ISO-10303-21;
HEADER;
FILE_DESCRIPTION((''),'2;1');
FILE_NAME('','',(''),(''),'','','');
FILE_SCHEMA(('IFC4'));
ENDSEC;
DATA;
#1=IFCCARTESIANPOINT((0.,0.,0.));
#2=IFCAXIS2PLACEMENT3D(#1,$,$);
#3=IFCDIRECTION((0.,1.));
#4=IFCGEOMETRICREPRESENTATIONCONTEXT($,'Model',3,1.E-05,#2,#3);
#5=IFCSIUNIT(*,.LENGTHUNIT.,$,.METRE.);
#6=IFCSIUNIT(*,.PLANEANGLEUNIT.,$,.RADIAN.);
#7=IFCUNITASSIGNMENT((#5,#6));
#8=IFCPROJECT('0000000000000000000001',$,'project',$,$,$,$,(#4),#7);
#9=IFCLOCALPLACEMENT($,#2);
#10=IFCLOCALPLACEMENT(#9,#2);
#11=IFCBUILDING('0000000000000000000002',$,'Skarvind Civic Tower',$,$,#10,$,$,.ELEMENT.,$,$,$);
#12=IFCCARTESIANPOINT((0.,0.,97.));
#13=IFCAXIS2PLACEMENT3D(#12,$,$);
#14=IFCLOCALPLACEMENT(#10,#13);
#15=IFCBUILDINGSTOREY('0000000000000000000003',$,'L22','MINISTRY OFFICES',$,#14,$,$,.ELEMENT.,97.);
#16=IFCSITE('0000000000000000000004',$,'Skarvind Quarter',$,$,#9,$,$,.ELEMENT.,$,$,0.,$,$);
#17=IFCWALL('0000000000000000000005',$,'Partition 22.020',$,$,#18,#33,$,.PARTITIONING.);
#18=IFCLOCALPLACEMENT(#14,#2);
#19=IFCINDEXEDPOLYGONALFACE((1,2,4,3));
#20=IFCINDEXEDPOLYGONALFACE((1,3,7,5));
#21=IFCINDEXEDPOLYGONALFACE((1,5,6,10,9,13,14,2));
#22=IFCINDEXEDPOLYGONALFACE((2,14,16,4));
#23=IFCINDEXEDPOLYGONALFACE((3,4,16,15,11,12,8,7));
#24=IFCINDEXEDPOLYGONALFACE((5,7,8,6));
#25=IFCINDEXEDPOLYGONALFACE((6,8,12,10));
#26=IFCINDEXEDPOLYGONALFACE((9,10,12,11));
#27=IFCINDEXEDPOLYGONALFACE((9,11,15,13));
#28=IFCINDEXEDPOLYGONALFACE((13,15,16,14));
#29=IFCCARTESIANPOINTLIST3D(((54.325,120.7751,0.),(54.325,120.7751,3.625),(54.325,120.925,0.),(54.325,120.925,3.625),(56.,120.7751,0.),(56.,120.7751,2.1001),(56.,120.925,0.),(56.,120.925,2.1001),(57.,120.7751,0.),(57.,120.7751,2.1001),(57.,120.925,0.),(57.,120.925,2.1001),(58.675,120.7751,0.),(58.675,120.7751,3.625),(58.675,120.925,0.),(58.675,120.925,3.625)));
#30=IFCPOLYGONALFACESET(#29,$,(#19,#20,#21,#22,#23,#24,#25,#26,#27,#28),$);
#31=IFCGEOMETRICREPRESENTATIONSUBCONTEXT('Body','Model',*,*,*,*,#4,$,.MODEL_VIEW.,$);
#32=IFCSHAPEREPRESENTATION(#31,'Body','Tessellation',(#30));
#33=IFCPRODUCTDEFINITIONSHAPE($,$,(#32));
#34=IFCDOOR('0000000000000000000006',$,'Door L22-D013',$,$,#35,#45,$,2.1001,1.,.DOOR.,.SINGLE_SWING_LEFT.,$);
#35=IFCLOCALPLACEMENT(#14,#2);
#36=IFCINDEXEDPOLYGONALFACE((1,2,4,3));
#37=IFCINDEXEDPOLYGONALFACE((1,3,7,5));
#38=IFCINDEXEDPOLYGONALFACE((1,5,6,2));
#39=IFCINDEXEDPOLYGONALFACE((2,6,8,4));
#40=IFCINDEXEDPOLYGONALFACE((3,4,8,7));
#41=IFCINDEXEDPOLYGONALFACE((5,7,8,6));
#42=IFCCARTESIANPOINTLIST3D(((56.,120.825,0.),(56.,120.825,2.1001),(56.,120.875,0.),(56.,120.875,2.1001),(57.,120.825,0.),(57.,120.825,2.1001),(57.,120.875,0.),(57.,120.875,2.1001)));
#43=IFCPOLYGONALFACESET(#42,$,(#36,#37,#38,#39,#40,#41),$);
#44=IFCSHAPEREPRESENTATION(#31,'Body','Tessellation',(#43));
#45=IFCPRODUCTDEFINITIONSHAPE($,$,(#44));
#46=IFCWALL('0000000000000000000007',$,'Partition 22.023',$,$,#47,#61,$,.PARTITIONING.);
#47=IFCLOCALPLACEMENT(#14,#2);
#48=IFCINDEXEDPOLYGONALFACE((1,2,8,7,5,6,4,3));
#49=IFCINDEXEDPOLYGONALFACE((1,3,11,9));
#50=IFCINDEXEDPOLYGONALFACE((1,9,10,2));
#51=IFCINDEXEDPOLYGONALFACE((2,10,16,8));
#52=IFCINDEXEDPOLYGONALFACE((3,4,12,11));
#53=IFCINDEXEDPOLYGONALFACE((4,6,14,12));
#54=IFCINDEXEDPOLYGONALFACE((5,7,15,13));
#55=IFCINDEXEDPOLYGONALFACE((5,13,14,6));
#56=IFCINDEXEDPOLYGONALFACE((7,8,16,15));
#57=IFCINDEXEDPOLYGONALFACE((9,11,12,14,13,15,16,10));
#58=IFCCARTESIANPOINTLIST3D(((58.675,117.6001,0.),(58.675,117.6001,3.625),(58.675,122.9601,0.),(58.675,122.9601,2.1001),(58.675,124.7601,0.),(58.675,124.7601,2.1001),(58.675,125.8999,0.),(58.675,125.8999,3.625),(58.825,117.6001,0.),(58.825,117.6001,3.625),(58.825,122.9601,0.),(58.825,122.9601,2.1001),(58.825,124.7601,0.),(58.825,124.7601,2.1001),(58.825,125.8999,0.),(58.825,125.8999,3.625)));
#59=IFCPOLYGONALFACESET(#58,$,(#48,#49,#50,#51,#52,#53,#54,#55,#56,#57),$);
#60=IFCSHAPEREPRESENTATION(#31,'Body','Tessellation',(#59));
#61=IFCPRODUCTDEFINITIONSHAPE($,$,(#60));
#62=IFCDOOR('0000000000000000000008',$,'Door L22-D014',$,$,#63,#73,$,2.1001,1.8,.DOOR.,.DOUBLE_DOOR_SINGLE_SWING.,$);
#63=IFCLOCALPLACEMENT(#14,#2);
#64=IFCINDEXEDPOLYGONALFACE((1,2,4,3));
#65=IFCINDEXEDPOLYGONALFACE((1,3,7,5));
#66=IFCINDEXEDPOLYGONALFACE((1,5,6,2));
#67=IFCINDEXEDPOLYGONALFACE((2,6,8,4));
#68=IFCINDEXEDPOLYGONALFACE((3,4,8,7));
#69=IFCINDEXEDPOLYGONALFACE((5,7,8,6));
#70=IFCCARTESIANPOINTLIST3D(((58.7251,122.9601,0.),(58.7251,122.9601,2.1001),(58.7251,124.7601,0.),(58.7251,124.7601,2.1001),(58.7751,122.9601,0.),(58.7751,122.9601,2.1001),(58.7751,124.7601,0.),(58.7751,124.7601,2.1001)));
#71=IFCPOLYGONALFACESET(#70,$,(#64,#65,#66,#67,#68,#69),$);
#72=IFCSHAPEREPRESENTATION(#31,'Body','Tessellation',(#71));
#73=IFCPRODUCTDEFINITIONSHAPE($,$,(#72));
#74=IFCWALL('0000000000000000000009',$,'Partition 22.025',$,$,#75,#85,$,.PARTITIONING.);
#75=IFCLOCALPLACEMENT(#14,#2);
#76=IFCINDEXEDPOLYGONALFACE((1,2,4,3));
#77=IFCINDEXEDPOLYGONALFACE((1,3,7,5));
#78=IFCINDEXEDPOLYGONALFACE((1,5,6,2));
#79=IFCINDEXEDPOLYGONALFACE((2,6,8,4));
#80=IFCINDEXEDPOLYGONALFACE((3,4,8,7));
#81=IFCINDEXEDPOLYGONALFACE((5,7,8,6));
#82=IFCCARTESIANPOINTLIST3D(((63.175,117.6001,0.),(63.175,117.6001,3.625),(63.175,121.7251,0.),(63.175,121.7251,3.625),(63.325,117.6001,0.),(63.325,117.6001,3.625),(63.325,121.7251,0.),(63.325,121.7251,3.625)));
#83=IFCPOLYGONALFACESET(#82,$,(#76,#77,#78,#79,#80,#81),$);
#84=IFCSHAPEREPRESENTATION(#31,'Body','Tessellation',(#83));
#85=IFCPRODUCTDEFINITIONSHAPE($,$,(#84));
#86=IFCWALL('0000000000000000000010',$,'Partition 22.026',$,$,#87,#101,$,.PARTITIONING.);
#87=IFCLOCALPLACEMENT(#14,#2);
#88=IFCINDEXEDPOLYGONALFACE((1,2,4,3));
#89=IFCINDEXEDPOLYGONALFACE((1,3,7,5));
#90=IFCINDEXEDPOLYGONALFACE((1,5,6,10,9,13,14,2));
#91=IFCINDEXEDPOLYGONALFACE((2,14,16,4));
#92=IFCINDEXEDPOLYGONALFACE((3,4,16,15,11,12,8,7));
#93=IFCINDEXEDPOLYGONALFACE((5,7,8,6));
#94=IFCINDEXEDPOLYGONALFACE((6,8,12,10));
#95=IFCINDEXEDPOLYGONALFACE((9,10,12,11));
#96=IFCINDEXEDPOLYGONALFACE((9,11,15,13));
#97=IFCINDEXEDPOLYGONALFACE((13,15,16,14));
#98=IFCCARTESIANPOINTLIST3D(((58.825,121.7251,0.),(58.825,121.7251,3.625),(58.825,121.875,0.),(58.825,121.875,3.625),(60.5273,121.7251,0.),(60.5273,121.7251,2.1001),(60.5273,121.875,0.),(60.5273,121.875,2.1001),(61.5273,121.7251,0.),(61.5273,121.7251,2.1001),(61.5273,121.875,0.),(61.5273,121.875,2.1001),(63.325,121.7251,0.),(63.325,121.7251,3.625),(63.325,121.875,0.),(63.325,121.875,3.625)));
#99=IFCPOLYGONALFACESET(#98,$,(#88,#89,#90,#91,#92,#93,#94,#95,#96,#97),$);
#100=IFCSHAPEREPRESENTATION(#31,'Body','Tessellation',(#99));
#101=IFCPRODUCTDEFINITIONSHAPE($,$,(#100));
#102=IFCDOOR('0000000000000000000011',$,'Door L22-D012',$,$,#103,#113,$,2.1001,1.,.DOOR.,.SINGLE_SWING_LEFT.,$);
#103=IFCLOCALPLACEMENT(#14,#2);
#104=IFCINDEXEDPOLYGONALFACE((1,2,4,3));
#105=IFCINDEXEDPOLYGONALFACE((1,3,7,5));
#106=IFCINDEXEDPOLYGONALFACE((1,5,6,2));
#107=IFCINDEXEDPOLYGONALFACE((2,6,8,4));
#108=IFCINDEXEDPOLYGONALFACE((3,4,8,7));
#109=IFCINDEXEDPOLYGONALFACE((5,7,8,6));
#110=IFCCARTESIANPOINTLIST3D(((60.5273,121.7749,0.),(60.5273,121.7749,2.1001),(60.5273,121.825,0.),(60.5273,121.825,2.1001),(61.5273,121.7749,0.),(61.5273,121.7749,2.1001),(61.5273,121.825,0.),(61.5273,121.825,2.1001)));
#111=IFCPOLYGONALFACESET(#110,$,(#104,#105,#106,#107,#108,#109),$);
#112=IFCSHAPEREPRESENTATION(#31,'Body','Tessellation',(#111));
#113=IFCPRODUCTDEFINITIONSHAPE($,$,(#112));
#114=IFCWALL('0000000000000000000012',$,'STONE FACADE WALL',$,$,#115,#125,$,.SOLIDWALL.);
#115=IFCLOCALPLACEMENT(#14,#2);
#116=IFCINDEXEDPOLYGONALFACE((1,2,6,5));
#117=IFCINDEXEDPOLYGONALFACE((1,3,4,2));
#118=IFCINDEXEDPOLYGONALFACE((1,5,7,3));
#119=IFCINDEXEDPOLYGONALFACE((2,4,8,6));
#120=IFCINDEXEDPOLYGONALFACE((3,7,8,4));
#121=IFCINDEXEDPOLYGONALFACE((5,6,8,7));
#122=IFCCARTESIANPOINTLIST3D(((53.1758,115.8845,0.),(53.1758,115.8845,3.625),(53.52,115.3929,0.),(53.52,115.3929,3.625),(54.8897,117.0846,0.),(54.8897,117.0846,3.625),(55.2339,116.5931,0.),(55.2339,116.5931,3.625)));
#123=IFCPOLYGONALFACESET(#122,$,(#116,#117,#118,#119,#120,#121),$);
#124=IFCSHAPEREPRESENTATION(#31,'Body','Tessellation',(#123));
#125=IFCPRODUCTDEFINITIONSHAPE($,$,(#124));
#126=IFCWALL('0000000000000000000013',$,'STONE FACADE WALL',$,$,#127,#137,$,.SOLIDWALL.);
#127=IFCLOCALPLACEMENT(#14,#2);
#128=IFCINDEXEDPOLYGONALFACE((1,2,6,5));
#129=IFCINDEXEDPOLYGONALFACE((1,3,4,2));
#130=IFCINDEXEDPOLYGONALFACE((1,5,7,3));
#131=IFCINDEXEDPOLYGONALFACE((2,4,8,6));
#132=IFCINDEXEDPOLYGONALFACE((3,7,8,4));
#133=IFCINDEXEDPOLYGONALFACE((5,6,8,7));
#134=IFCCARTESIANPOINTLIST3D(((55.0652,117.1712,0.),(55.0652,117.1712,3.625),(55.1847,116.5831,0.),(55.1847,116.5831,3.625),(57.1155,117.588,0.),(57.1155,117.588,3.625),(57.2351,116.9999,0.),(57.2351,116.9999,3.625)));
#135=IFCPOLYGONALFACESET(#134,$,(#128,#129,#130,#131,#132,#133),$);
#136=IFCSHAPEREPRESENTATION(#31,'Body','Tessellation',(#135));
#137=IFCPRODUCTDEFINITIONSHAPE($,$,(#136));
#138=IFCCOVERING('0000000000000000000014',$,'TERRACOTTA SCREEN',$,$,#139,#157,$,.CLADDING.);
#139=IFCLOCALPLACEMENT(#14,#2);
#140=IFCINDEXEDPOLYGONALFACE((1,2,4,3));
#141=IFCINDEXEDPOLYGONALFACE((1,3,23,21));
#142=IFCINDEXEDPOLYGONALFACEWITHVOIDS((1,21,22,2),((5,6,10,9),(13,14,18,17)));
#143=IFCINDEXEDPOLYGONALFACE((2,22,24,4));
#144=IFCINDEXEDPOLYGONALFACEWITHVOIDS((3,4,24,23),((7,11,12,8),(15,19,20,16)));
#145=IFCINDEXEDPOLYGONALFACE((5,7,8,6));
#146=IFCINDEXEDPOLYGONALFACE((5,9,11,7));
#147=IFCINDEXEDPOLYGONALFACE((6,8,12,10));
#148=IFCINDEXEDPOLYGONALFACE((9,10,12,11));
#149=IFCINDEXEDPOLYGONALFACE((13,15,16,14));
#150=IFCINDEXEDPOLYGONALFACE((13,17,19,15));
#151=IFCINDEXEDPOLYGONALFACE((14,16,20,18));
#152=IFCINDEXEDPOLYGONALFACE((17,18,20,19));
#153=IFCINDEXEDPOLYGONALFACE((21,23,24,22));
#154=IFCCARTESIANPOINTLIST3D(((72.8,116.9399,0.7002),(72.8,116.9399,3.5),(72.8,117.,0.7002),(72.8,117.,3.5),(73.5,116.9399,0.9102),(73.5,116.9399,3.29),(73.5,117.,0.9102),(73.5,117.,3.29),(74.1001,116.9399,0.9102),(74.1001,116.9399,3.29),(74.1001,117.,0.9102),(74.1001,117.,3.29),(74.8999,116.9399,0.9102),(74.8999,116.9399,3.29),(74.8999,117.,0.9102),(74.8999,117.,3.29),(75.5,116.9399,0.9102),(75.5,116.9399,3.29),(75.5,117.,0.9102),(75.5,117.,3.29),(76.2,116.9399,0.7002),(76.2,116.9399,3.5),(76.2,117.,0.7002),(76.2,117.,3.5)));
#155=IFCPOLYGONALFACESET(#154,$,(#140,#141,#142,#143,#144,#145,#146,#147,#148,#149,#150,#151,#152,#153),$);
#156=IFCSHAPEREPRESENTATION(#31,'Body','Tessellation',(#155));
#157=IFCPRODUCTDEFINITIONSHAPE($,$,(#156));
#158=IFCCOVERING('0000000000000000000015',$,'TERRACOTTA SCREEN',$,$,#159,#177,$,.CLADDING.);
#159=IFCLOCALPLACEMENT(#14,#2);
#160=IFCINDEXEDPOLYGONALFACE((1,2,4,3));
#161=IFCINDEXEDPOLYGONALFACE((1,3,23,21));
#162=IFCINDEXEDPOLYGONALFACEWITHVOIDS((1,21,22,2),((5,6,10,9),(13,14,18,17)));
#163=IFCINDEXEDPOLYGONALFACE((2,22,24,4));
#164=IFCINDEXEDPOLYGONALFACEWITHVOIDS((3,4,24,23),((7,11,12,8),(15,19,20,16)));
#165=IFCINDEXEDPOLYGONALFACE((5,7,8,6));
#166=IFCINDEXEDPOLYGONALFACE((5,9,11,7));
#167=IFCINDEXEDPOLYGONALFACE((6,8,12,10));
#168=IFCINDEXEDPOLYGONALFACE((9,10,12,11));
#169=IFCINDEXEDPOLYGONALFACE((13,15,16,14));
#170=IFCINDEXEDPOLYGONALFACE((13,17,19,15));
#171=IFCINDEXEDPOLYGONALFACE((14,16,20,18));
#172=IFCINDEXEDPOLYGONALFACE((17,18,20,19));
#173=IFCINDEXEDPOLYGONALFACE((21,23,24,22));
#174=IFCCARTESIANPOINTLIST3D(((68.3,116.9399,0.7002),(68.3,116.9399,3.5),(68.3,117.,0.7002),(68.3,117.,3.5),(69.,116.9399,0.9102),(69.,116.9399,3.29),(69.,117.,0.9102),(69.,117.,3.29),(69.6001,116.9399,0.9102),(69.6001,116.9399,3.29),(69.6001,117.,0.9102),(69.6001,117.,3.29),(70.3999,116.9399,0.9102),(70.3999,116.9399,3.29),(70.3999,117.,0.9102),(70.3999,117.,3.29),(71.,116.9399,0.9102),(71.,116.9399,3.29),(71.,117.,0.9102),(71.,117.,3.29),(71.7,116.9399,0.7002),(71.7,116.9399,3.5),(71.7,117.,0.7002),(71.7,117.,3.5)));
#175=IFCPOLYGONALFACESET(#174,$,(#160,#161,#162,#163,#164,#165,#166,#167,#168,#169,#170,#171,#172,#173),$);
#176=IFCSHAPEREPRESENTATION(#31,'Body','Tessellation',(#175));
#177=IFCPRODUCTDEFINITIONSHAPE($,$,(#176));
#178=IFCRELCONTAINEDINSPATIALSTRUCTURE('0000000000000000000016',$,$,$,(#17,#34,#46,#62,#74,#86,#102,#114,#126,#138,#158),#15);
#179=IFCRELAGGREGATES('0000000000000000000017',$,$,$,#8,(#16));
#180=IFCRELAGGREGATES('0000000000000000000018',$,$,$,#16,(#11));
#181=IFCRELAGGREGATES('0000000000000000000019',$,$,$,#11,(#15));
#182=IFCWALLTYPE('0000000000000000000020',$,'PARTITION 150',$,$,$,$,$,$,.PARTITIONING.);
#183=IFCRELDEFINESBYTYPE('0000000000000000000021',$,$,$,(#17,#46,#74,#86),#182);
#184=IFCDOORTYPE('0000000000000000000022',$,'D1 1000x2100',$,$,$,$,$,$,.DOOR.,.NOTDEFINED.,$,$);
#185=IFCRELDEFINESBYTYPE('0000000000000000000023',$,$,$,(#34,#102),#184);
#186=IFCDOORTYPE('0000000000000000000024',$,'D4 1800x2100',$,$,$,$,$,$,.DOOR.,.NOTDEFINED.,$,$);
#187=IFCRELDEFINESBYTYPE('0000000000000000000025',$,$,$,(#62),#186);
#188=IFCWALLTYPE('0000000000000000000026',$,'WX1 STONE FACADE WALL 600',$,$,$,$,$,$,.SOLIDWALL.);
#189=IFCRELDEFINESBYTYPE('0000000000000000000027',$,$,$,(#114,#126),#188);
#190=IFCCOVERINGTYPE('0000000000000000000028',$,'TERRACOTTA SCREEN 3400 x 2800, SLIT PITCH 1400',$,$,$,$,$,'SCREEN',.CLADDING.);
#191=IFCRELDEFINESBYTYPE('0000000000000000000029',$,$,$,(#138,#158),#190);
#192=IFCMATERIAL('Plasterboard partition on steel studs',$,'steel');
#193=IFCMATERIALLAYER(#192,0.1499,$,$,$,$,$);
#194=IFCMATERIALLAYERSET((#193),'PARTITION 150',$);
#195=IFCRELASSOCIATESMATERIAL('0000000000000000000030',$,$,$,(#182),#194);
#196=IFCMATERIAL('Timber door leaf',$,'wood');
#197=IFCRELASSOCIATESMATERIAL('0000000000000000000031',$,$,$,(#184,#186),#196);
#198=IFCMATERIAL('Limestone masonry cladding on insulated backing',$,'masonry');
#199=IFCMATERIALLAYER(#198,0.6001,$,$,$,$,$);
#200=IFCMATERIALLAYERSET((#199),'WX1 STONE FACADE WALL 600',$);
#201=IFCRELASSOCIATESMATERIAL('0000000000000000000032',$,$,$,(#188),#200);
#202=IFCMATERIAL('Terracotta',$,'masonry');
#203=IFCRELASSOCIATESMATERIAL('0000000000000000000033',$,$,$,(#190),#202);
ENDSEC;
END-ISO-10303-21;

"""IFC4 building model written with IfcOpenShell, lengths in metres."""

from ifc_helpers import new_model, si_unit, direction, frame, frame_2d, origin, place, context, subcontext, project, spatial, polyline, rectangle, outline, extrude, material, layer, layer_set, material_profile, profile_set, type_object, element, fill, save


model = new_model("IFC4")

# Units and contexts
model_context = context("Model", 3, precision=1e-05, world=origin(), true_north=direction((0.0, 1.0)))
body_context = subcontext(model_context, "Body", "Model", "MODEL_VIEW")
ifc_project = project(units=[si_unit("LENGTHUNIT", "METRE"), si_unit("PLANEANGLEUNIT", "RADIAN")], contexts=[model_context])

# Site, building, storey
site_placement = place(None, origin())
site = spatial("IfcSite", under=ifc_project, at=site_placement, Name="Skarvind Quarter", CompositionType="ELEMENT", RefElevation=0.0)
building_placement = place(site_placement, origin())
building = spatial("IfcBuilding", under=site, at=building_placement, Name="Skarvind Civic Tower", CompositionType="ELEMENT")
storey_placement = place(building_placement, frame((0.0, 0.0, 97.0)))
storey = spatial("IfcBuildingStorey", under=building, at=storey_placement, Name="L22", Description="MINISTRY OFFICES", CompositionType="ELEMENT", Elevation=97.0)

# Walls, openings, doors
ifc_material_1 = material(Name="Plasterboard partition on steel studs", Category="steel")
ifc_layer_1 = layer(ifc_material_1, 0.1499)
ifc_layer_set_1 = layer_set([ifc_layer_1], Name="PARTITION 150")
wall_type_1 = type_object("IfcWallType", Name="PARTITION 150", PredefinedType="PARTITIONING", material=ifc_layer_set_1)
wall_1_placement = place(storey_placement, frame((54.325, 120.8501, 0.0), z_axis=(0.0, 0.0, 1.0), x_axis=(1.0, 0.0, 0.0)))
wall_1 = element("IfcWall", 1, at=wall_1_placement, inside=storey, type_object=wall_type_1, Name="Partition 22.020", PredefinedType="PARTITIONING", context=body_context, shape_type="SweptSolid", body=[
    extrude(rectangle(XDim=4.3501, YDim=0.1499, at=frame_2d((2.175, 0.0))), origin(), (0.0, 0.0, 1.0), 3.625),
])
opening_1_placement = place(wall_1_placement, frame((1.675, 0.0, 0.0)))
opening_1 = element("IfcOpeningElement", 2, at=opening_1_placement, cuts=wall_1, PredefinedType="OPENING", context=body_context, shape_type="SweptSolid", body=[
    extrude(rectangle(XDim=1.0, YDim=2.1001, at=frame_2d((0.5, 1.05))), frame((0.0, 0.085, 0.0), z_axis=(0.0, -1.0, 0.0), x_axis=(1.0, 0.0, 0.0)), (0.0, 0.0, 1.0), 0.1699),
])
ifc_material_2 = material(Name="Timber door leaf", Category="wood")
door_type_1 = type_object("IfcDoorType", Name="D1 1000x2100", OperationType="NOTDEFINED", PredefinedType="DOOR", material=ifc_material_2)
door_1_placement = place(opening_1_placement, origin())
door_1 = element("IfcDoor", 3, at=door_1_placement, inside=storey, type_object=door_type_1, Name="Door L22-D013", OperationType="SINGLE_SWING_LEFT", OverallHeight=2.1001, OverallWidth=1.0, PredefinedType="DOOR", context=body_context, shape_type="SweptSolid", body=[
    extrude(rectangle(XDim=1.0, YDim=2.1001, at=frame_2d((0.5, 1.05))), frame((0.0, 0.0249, 0.0), z_axis=(0.0, -1.0, 0.0), x_axis=(1.0, 0.0, 0.0)), (0.0, 0.0, 1.0), 0.05),
])
fill(opening_1, door_1)
wall_2_placement = place(storey_placement, frame((58.75, 117.6001, 0.0), z_axis=(0.0, 0.0, 1.0), x_axis=(0.0, 1.0, 0.0)))
wall_2 = element("IfcWall", 4, at=wall_2_placement, inside=storey, type_object=wall_type_1, Name="Partition 22.023", PredefinedType="PARTITIONING", context=body_context, shape_type="SweptSolid", body=[
    extrude(rectangle(XDim=8.2998, YDim=0.1499, at=frame_2d((4.1499, 0.0))), origin(), (0.0, 0.0, 1.0), 3.625),
])
opening_2_placement = place(wall_2_placement, frame((5.3601, 0.0, 0.0)))
opening_2 = element("IfcOpeningElement", 5, at=opening_2_placement, cuts=wall_2, PredefinedType="OPENING", context=body_context, shape_type="SweptSolid", body=[
    extrude(rectangle(XDim=1.8, YDim=2.1001, at=frame_2d((0.8999, 1.05))), frame((0.0, 0.085, 0.0), z_axis=(0.0, -1.0, 0.0), x_axis=(1.0, 0.0, 0.0)), (0.0, 0.0, 1.0), 0.1699),
])
door_type_2 = type_object("IfcDoorType", Name="D4 1800x2100", OperationType="NOTDEFINED", PredefinedType="DOOR", material=ifc_material_2)
door_2_placement = place(opening_2_placement, origin())
door_2 = element("IfcDoor", 6, at=door_2_placement, inside=storey, type_object=door_type_2, Name="Door L22-D014", OperationType="DOUBLE_DOOR_SINGLE_SWING", OverallHeight=2.1001, OverallWidth=1.8, PredefinedType="DOOR", context=body_context, shape_type="SweptSolid", body=[
    extrude(rectangle(XDim=1.8, YDim=2.1001, at=frame_2d((0.8999, 1.05))), frame((0.0, 0.0249, 0.0), z_axis=(0.0, -1.0, 0.0), x_axis=(1.0, 0.0, 0.0)), (0.0, 0.0, 1.0), 0.05),
])
fill(opening_2, door_2)

# Wall
wall_3_placement = place(storey_placement, frame((63.25, 117.6001, 0.0), z_axis=(0.0, 0.0, 1.0), x_axis=(0.0, 1.0, 0.0)))
element("IfcWall", 7, at=wall_3_placement, inside=storey, type_object=wall_type_1, Name="Partition 22.025", PredefinedType="PARTITIONING", context=body_context, shape_type="SweptSolid", body=[
    extrude(rectangle(XDim=4.125, YDim=0.1499, at=frame_2d((2.0625, 0.0))), origin(), (0.0, 0.0, 1.0), 3.625),
])

# Wall, opening, door
wall_4_placement = place(storey_placement, frame((58.825, 121.8, 0.0), z_axis=(0.0, 0.0, 1.0), x_axis=(1.0, 0.0, 0.0)))
wall_4 = element("IfcWall", 8, at=wall_4_placement, inside=storey, type_object=wall_type_1, Name="Partition 22.026", PredefinedType="PARTITIONING", context=body_context, shape_type="SweptSolid", body=[
    extrude(rectangle(XDim=4.5, YDim=0.1499, at=frame_2d((2.25, 0.0))), origin(), (0.0, 0.0, 1.0), 3.625),
])
opening_3_placement = place(wall_4_placement, frame((1.7024, 0.0, 0.0)))
opening_3 = element("IfcOpeningElement", 9, at=opening_3_placement, cuts=wall_4, PredefinedType="OPENING", context=body_context, shape_type="SweptSolid", body=[
    extrude(rectangle(XDim=1.0, YDim=2.1001, at=frame_2d((0.5, 1.05))), frame((0.0, 0.085, 0.0), z_axis=(0.0, -1.0, 0.0), x_axis=(1.0, 0.0, 0.0)), (0.0, 0.0, 1.0), 0.1699),
])
door_3_placement = place(opening_3_placement, origin())
door_3 = element("IfcDoor", 10, at=door_3_placement, inside=storey, type_object=door_type_1, Name="Door L22-D012", OperationType="SINGLE_SWING_LEFT", OverallHeight=2.1001, OverallWidth=1.0, PredefinedType="DOOR", context=body_context, shape_type="SweptSolid", body=[
    extrude(rectangle(XDim=1.0, YDim=2.1001, at=frame_2d((0.5, 1.05))), frame((0.0, 0.0249, 0.0), z_axis=(0.0, -1.0, 0.0), x_axis=(1.0, 0.0, 0.0)), (0.0, 0.0, 1.0), 0.05),
])
fill(opening_3, door_3)

# Walls
ifc_material_3 = material(Name="Limestone masonry cladding on insulated backing", Category="masonry")
ifc_layer_2 = layer(ifc_material_3, 0.6001)
ifc_layer_set_2 = layer_set([ifc_layer_2], Name="WX1 STONE FACADE WALL 600")
wall_type_2 = type_object("IfcWallType", Name="WX1 STONE FACADE WALL 600", PredefinedType="SOLIDWALL", material=ifc_layer_set_2)
for number, where, z_axis, x_axis, name in (
    (11, (55.0618, 116.8389, 0.0), (0.0, 0.0, 1.0), (-0.819122, -0.573619, 0.0), "STONE FACADE WALL"),
    (12, (57.1753, 117.2939, 0.0), (0.0, 0.0, 1.0), (-0.979961, -0.199189, 0.0), "STONE FACADE WALL"),
):
    element("IfcWall", number, at=place(storey_placement, frame(where, z_axis=z_axis, x_axis=x_axis)), inside=storey, type_object=wall_type_2, Name=name, PredefinedType="SOLIDWALL", context=body_context, shape_type="SweptSolid", body=[
        extrude(rectangle(XDim=2.0923, YDim=0.6001, at=frame_2d((1.0461, 0.0))), origin(), (0.0, 0.0, 1.0), 3.625),
    ])

# Coverings
ifc_material_4 = material(Name="Terracotta", Category="masonry")
ifc_material_profile_1 = material_profile(ifc_material_4, outline(polyline([(-1.7, -1.3999), (1.7, -1.3999), (1.7, 1.3999), (-1.7, 1.3999), (-1.7, -1.3999)]), holes=[polyline([(-1.0, -1.1899), (-0.3999, -1.1899), (-0.3999, 1.1899), (-1.0, 1.1899), (-1.0, -1.1899)]), polyline([(0.3999, -1.1899), (1.0, -1.1899), (1.0, 1.1899), (0.3999, 1.1899), (0.3999, -1.1899)])]), Name="TERRACOTTA SCREEN 3400 x 2800, SLIT PITCH 1400")
ifc_profile_set_1 = profile_set([ifc_material_profile_1], Name="Terracotta")
covering_type = type_object("IfcCoveringType", Name="TERRACOTTA SCREEN 3400 x 2800, SLIT PITCH 1400", ElementType="SCREEN", PredefinedType="CLADDING", material=ifc_profile_set_1)
for number, where, z_axis, x_axis, name in (
    (13, (74.5, 117.0, 2.1001), (0.0, -1.0, 0.0), (1.0, 0.0, 0.0), "TERRACOTTA SCREEN"),
    (14, (70.0, 117.0, 2.1001), (0.0, -1.0, 0.0), (1.0, 0.0, 0.0), "TERRACOTTA SCREEN"),
):
    element("IfcCovering", number, at=place(storey_placement, frame(where, z_axis=z_axis, x_axis=x_axis)), inside=storey, type_object=covering_type, Name=name, PredefinedType="CLADDING", context=body_context, shape_type="SweptSolid", body=[
        extrude(outline(polyline([(-1.7, -1.3999), (1.7, -1.3999), (1.7, 1.3999), (-1.7, 1.3999), (-1.7, -1.3999)]), holes=[polyline([(-1.0, -1.1899), (-0.3999, -1.1899), (-0.3999, 1.1899), (-1.0, 1.1899), (-1.0, -1.1899)]), polyline([(0.3999, -1.1899), (1.0, -1.1899), (1.0, 1.1899), (0.3999, 1.1899), (0.3999, -1.1899)])]), origin(), (0.0, 0.0, 1.0), 0.0601),
    ])

save(model, "model.ifc")
